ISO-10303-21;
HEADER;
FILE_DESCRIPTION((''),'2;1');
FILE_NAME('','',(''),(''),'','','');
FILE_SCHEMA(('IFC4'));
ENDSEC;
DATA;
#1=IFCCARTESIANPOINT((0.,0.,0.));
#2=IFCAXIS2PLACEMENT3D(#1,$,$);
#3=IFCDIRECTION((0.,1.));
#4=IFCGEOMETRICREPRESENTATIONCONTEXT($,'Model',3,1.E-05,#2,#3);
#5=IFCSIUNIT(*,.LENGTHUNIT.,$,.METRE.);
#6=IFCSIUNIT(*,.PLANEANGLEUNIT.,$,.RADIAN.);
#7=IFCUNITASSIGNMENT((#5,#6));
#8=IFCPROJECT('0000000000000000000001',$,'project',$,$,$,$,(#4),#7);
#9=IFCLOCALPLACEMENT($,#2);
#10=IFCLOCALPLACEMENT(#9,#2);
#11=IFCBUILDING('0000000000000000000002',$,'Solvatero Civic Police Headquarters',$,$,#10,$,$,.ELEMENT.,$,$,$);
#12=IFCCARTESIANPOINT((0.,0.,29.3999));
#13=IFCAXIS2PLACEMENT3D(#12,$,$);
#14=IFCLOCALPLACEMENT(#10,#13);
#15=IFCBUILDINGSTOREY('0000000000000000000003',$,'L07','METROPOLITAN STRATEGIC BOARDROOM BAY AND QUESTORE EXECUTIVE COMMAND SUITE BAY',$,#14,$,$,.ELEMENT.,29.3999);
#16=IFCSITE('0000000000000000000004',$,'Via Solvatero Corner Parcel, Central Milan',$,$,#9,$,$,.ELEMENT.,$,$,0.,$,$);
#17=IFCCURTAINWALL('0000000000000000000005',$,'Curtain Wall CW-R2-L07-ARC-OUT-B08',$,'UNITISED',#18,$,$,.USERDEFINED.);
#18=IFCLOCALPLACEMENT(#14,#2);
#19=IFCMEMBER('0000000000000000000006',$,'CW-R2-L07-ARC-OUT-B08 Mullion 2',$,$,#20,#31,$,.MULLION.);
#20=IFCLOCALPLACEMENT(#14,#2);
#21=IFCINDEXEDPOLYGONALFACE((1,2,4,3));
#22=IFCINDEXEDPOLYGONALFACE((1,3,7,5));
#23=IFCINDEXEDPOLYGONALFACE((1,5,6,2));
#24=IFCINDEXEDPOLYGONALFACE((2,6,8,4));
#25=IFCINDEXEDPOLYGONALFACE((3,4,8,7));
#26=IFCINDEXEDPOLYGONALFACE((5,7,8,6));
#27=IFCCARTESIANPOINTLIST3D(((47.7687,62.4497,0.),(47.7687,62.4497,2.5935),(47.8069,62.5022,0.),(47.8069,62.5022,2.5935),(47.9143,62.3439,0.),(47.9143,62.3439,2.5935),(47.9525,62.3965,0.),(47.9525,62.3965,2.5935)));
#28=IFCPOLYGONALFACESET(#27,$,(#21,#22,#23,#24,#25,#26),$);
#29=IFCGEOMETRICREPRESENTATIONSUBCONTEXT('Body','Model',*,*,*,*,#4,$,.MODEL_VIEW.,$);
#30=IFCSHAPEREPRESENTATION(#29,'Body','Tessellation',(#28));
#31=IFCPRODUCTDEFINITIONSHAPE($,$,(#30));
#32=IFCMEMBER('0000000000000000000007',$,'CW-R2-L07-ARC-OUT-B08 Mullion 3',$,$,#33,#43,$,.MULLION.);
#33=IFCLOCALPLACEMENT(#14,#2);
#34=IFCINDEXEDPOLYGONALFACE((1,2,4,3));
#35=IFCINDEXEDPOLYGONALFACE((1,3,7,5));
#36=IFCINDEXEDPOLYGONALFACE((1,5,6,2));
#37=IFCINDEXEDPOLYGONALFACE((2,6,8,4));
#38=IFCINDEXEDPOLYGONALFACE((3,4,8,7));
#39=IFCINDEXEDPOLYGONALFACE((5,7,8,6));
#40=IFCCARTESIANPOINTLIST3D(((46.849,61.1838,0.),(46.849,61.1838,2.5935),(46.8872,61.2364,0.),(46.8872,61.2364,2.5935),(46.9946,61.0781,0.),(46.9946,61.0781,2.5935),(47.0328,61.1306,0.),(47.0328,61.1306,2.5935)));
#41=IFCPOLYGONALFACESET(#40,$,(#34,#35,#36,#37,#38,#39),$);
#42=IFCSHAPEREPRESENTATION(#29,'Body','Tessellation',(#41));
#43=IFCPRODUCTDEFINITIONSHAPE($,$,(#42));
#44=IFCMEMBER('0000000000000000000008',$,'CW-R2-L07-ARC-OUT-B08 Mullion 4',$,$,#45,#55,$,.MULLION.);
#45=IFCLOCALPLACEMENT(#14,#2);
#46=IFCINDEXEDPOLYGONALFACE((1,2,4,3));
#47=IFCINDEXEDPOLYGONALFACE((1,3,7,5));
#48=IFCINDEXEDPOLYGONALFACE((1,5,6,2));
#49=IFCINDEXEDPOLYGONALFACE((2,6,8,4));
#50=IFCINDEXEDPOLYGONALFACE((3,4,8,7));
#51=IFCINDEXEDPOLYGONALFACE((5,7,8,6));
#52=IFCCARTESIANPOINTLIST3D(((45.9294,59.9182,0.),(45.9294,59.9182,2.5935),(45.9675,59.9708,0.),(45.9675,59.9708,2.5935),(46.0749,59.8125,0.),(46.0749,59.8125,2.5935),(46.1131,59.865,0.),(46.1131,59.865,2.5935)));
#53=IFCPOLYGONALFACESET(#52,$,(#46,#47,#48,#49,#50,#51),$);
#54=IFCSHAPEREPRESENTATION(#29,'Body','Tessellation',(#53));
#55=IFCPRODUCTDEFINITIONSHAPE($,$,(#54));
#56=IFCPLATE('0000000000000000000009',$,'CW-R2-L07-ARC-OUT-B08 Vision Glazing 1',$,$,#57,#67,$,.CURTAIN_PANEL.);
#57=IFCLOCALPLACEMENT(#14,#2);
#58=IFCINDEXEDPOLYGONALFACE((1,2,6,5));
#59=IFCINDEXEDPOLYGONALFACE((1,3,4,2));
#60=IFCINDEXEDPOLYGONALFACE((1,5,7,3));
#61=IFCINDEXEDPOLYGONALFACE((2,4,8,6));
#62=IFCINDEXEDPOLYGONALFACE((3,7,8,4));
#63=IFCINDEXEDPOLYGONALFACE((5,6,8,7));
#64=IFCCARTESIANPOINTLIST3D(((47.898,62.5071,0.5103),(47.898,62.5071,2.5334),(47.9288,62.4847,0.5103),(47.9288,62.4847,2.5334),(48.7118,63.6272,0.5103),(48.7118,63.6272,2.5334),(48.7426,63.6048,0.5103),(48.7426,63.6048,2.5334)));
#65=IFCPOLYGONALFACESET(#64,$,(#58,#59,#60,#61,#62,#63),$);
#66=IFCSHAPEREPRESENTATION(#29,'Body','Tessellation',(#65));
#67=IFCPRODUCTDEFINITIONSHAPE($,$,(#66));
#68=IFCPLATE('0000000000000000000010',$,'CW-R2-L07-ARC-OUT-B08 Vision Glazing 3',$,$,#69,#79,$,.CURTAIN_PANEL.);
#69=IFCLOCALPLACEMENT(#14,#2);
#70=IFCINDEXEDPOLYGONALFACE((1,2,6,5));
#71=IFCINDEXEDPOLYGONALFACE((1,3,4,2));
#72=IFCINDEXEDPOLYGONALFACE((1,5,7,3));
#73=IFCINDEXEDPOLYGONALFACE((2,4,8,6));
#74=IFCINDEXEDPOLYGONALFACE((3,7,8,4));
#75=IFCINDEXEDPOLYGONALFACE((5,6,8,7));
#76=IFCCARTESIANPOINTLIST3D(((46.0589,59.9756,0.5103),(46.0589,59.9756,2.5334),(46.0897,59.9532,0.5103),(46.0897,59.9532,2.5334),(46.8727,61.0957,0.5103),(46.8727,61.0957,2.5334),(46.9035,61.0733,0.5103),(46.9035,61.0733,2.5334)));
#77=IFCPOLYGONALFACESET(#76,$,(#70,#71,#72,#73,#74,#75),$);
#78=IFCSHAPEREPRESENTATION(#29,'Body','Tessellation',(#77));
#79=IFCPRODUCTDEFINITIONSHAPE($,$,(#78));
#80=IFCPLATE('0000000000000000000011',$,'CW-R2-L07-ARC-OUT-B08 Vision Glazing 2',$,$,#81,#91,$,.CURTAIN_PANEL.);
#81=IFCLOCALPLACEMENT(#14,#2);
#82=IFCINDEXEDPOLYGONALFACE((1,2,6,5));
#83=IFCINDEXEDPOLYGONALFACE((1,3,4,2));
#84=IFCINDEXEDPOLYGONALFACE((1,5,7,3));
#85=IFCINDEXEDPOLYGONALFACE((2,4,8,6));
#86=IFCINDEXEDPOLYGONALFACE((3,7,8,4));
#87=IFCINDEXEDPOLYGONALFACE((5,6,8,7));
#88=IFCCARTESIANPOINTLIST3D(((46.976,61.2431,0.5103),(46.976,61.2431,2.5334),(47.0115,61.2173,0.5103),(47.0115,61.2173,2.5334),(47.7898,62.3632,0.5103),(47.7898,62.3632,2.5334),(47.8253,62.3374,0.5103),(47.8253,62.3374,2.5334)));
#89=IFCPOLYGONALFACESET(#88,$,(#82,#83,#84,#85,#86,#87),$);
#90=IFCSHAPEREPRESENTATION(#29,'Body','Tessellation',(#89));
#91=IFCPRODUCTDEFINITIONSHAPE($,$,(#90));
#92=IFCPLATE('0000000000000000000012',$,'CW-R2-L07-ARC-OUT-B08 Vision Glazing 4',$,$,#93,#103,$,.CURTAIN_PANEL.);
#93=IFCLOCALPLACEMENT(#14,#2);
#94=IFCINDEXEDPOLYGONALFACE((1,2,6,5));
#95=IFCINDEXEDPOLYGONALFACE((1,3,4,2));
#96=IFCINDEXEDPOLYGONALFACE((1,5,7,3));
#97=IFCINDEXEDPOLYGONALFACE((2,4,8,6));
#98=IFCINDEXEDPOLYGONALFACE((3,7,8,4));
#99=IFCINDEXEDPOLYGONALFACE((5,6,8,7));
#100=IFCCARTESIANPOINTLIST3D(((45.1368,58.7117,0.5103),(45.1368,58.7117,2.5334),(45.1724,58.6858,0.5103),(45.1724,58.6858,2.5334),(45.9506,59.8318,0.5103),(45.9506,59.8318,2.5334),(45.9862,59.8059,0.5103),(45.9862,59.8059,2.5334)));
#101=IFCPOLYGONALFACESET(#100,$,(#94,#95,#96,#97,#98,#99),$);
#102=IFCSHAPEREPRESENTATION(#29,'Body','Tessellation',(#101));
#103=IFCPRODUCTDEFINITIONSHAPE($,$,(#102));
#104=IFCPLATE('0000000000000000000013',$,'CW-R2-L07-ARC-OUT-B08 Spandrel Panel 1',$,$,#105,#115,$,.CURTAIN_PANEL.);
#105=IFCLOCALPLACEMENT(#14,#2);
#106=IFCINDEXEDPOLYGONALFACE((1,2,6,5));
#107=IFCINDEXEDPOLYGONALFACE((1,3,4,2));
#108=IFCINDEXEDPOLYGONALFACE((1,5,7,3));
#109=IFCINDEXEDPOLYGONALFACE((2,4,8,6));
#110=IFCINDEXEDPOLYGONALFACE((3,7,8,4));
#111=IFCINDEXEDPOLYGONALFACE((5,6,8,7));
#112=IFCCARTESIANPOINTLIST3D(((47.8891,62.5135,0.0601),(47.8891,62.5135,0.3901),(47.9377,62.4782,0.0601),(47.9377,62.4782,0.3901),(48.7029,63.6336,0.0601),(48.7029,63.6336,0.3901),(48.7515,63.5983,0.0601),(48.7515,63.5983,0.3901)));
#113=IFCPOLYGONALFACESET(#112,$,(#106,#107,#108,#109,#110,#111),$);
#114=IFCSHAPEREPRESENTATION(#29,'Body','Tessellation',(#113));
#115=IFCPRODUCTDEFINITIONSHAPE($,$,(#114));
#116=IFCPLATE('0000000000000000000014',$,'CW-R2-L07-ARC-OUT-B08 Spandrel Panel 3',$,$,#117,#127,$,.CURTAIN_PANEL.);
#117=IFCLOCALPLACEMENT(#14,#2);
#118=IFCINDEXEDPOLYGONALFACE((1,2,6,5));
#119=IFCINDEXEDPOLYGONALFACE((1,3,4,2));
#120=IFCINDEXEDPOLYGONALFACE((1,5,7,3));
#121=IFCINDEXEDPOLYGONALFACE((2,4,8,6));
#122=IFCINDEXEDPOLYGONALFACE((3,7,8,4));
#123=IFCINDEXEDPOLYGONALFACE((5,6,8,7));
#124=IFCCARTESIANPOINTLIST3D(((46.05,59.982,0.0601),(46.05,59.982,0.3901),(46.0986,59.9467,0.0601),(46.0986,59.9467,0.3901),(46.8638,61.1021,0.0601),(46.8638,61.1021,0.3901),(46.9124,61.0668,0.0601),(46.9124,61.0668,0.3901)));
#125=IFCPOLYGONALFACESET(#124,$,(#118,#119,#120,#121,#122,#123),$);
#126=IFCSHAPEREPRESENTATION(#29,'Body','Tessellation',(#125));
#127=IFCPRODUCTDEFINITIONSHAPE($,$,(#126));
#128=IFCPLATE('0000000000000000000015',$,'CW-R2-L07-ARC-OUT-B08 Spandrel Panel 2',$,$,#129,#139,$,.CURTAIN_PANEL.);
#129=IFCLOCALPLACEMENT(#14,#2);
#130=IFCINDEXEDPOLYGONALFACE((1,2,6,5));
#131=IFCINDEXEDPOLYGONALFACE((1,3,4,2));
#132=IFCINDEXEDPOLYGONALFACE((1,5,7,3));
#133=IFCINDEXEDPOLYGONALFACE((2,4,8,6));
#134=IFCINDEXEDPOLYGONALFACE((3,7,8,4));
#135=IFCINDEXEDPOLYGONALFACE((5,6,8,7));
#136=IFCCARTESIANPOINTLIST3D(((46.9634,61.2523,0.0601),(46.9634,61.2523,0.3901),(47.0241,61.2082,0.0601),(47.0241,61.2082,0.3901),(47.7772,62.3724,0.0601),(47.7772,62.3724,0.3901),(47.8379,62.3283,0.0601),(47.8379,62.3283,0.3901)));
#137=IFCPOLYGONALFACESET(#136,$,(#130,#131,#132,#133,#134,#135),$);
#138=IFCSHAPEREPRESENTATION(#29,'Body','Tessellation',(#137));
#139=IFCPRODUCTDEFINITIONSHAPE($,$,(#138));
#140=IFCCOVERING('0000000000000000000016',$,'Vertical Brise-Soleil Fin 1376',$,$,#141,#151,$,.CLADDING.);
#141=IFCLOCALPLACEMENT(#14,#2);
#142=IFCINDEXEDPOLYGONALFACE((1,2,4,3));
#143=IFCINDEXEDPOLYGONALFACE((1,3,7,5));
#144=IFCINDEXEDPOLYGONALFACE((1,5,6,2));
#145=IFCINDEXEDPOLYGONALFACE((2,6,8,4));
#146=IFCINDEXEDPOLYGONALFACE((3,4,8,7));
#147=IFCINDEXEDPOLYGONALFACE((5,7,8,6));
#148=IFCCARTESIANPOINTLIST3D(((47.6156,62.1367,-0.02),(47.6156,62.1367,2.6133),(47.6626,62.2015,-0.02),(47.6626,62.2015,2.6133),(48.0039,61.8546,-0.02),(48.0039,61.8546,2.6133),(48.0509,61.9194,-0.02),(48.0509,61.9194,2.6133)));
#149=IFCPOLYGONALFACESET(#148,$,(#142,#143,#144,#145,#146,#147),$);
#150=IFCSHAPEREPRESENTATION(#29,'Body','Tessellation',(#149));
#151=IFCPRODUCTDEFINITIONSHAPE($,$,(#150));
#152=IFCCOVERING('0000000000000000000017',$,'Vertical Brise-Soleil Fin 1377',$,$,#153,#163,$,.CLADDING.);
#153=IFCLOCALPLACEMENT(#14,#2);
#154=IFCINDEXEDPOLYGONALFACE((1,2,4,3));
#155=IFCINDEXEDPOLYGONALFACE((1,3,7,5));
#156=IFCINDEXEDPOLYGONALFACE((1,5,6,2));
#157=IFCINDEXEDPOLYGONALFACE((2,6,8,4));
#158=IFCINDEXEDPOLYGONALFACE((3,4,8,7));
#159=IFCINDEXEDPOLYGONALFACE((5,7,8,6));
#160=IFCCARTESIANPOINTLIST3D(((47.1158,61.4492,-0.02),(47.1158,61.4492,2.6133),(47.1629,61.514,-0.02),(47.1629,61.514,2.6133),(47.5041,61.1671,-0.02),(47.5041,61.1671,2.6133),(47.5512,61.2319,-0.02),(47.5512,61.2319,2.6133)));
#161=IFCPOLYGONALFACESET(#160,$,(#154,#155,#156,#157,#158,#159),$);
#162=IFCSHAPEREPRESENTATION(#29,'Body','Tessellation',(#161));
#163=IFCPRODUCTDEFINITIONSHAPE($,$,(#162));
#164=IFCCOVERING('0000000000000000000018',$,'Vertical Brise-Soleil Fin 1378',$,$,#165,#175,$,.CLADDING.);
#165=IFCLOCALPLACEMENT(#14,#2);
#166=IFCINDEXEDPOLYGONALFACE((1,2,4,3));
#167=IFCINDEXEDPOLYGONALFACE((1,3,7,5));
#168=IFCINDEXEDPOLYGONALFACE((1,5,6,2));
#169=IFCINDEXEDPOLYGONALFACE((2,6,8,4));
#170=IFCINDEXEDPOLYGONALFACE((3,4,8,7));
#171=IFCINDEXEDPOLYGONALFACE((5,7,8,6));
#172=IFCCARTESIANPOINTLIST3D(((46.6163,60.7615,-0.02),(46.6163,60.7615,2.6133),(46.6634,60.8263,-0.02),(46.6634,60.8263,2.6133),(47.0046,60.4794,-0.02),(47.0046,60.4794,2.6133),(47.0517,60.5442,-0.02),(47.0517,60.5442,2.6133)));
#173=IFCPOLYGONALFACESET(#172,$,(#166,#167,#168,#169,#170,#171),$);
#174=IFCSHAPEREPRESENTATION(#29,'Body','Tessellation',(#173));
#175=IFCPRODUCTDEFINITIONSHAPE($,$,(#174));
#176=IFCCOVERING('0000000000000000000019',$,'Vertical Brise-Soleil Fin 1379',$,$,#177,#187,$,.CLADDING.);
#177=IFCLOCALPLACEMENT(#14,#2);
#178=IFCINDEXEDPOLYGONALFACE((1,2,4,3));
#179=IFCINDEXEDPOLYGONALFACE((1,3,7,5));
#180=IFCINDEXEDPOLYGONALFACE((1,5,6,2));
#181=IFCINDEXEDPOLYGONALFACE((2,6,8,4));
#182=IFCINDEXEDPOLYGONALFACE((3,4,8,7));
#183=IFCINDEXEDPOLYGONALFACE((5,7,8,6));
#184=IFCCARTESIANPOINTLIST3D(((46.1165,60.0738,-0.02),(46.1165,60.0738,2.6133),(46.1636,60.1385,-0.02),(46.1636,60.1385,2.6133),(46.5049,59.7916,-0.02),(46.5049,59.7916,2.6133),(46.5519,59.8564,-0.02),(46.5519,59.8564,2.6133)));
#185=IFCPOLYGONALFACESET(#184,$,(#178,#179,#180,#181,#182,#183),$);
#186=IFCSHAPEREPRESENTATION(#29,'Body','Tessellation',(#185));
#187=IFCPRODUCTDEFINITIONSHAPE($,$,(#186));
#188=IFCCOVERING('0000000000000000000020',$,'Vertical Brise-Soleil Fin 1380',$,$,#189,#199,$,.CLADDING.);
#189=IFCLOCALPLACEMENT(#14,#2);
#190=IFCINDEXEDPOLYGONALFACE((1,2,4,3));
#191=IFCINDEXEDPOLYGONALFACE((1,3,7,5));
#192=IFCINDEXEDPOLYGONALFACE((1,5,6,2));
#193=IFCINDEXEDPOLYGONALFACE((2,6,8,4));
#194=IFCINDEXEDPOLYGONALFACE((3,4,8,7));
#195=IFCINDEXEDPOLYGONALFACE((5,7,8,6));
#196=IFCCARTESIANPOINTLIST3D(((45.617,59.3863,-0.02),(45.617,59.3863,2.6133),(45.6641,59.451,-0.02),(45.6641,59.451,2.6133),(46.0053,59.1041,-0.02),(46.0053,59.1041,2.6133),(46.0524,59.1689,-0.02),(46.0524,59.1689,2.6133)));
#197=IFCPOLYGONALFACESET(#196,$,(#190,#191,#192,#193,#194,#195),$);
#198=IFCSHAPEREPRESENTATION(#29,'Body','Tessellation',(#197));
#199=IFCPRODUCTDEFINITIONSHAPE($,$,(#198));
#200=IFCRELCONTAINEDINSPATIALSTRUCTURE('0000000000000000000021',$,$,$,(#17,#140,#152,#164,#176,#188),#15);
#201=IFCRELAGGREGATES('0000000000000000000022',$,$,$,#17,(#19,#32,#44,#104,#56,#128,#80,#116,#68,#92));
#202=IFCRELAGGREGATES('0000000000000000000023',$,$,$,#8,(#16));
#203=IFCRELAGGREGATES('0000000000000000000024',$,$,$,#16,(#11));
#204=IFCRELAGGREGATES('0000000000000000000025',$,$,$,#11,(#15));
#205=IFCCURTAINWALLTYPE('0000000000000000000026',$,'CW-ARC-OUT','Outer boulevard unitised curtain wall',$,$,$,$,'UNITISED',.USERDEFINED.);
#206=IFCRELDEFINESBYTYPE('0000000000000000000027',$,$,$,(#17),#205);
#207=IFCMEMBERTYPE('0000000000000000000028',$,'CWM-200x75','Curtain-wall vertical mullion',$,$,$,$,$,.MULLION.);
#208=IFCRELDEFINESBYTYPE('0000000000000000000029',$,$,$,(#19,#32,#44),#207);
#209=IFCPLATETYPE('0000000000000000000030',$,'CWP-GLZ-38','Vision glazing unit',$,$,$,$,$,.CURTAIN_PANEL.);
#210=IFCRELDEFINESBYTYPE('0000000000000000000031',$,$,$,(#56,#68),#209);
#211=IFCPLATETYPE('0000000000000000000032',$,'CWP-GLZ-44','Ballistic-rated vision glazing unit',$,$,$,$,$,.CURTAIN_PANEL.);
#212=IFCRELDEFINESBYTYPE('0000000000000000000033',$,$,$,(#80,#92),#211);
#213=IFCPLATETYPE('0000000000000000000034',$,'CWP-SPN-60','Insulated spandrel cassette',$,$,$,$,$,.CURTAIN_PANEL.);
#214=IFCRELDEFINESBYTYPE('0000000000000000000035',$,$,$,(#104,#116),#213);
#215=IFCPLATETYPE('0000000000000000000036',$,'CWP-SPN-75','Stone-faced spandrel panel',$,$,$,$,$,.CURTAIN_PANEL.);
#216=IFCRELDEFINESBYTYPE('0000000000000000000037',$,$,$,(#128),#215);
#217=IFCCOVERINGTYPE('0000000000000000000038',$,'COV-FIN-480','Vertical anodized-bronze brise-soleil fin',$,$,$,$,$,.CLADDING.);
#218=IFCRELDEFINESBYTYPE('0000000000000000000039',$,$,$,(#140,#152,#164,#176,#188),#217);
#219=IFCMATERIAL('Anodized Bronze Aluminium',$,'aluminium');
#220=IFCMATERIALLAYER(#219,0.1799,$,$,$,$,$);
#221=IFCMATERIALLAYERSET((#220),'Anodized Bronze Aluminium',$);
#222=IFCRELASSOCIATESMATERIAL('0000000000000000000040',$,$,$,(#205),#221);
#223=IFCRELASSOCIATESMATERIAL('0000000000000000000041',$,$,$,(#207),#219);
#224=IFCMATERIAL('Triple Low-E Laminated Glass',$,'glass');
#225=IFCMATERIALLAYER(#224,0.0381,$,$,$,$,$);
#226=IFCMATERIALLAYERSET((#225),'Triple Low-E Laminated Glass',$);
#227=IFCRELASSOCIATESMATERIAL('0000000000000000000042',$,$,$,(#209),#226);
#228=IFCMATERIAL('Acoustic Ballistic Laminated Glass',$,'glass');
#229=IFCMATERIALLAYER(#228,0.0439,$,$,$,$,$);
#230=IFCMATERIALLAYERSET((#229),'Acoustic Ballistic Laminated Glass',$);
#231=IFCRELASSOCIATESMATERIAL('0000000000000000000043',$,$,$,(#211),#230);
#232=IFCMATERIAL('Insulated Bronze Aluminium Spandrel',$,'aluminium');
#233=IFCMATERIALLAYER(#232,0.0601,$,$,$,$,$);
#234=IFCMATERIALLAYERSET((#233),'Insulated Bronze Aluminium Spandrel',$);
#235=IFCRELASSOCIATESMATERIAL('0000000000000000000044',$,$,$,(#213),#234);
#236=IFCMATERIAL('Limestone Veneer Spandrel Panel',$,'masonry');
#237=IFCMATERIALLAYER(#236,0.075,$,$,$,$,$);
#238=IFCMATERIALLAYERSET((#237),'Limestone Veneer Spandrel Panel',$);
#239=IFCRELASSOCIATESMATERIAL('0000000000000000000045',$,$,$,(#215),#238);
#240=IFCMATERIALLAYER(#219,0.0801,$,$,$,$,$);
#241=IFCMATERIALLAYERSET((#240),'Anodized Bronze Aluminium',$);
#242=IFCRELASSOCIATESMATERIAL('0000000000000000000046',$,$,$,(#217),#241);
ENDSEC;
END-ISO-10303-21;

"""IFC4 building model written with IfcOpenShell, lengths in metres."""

from ifc_helpers import new_model, si_unit, direction, frame, origin, origin_2d, place, context, subcontext, project, spatial, rectangle, extrude, material, layer, layer_set, material_profile, profile_set, type_object, element, aggregate, save


model = new_model("IFC4")

# Units and contexts
model_context = context("Model", 3, precision=1e-05, world=origin(), true_north=direction((0.0, 1.0)))
body_context = subcontext(model_context, "Body", "Model", "MODEL_VIEW")
ifc_project = project(units=[si_unit("LENGTHUNIT", "METRE"), si_unit("PLANEANGLEUNIT", "RADIAN")], contexts=[model_context])

# Site, building, storey
site_placement = place(None, origin())
site = spatial("IfcSite", under=ifc_project, at=site_placement, Name="Via Solvatero Corner Parcel, Central Milan", CompositionType="ELEMENT", RefElevation=0.0)
building_placement = place(site_placement, origin())
building = spatial("IfcBuilding", under=site, at=building_placement, Name="Solvatero Civic Police Headquarters", CompositionType="ELEMENT")
storey_placement = place(building_placement, frame((0.0, 0.0, 29.3999)))
storey = spatial("IfcBuildingStorey", under=building, at=storey_placement, Name="L07", Description="METROPOLITAN STRATEGIC BOARDROOM BAY AND QUESTORE EXECUTIVE COMMAND SUITE BAY", CompositionType="ELEMENT", Elevation=29.3999)

# Curtain wall, members, plates
ifc_material_1 = material(Name="Anodized Bronze Aluminium", Category="aluminium")
ifc_layer_1 = layer(ifc_material_1, 0.1799)
ifc_layer_set_1 = layer_set([ifc_layer_1], Name="Anodized Bronze Aluminium")
curtain_wall_type = type_object("IfcCurtainWallType", Name="CW-ARC-OUT", Description="Outer boulevard unitised curtain wall", ElementType="UNITISED", PredefinedType="USERDEFINED", material=ifc_layer_set_1)
curtain_wall_placement = place(storey_placement, origin())
curtain_wall = element("IfcCurtainWall", 1, at=curtain_wall_placement, inside=storey, type_object=curtain_wall_type, Name="Curtain Wall CW-R2-L07-ARC-OUT-B08", ObjectType="UNITISED", PredefinedType="USERDEFINED")
ifc_material_profile = material_profile(ifc_material_1, rectangle(XDim=0.0649, YDim=0.1799, at=origin_2d()), Name="ALU MULLION 65x180")
ifc_profile_set = profile_set([ifc_material_profile], Name="Anodized Bronze Aluminium")
member_type = type_object("IfcMemberType", Name="CWM-200x75", Description="Curtain-wall vertical mullion", PredefinedType="MULLION", material=ifc_profile_set)
member_1_placement = place(storey_placement, frame((47.8606, 62.4231, 0.0), z_axis=(0.0, 0.0, 1.0), x_axis=(-0.587785, -0.809017, 0.0)))
member_1 = element("IfcMember", 2, at=member_1_placement, type_object=member_type, Name="CW-R2-L07-ARC-OUT-B08 Mullion 2", PredefinedType="MULLION", context=body_context, shape_type="SweptSolid", body=[
    extrude(rectangle(XDim=0.0649, YDim=0.1799, at=origin_2d()), origin(), (0.0, 0.0, 1.0), 2.5935),
])
member_2_placement = place(storey_placement, frame((46.9409, 61.1572, 0.0), z_axis=(0.0, 0.0, 1.0), x_axis=(-0.587785, -0.809017, 0.0)))
member_2 = element("IfcMember", 3, at=member_2_placement, type_object=member_type, Name="CW-R2-L07-ARC-OUT-B08 Mullion 3", PredefinedType="MULLION", context=body_context, shape_type="SweptSolid", body=[
    extrude(rectangle(XDim=0.0649, YDim=0.1799, at=origin_2d()), origin(), (0.0, 0.0, 1.0), 2.5935),
])
member_3_placement = place(storey_placement, frame((46.0212, 59.8916, 0.0), z_axis=(0.0, 0.0, 1.0), x_axis=(-0.587785, -0.809017, 0.0)))
member_3 = element("IfcMember", 4, at=member_3_placement, type_object=member_type, Name="CW-R2-L07-ARC-OUT-B08 Mullion 4", PredefinedType="MULLION", context=body_context, shape_type="SweptSolid", body=[
    extrude(rectangle(XDim=0.0649, YDim=0.1799, at=origin_2d()), origin(), (0.0, 0.0, 1.0), 2.5935),
])
ifc_material_2 = material(Name="Triple Low-E Laminated Glass", Category="glass")
ifc_layer_2 = layer(ifc_material_2, 0.0381)
ifc_layer_set_2 = layer_set([ifc_layer_2], Name="Triple Low-E Laminated Glass")
plate_type_1 = type_object("IfcPlateType", Name="CWP-GLZ-38", Description="Vision glazing unit", PredefinedType="CURTAIN_PANEL", material=ifc_layer_set_2)
plate_1_placement = place(storey_placement, frame((48.3203, 63.0559, 0.5103), z_axis=(0.0, 0.0, 1.0), x_axis=(-0.587785, -0.809017, 0.0)))
plate_1 = element("IfcPlate", 5, at=plate_1_placement, type_object=plate_type_1, Name="CW-R2-L07-ARC-OUT-B08 Vision Glazing 1", PredefinedType="CURTAIN_PANEL", context=body_context, shape_type="SweptSolid", body=[
    extrude(rectangle(XDim=1.3845, YDim=0.0381, at=origin_2d()), origin(), (0.0, 0.0, 1.0), 2.0232),
])
plate_2_placement = place(storey_placement, frame((46.4812, 60.5244, 0.5103), z_axis=(0.0, 0.0, 1.0), x_axis=(-0.587785, -0.809017, 0.0)))
plate_2 = element("IfcPlate", 6, at=plate_2_placement, type_object=plate_type_1, Name="CW-R2-L07-ARC-OUT-B08 Vision Glazing 3", PredefinedType="CURTAIN_PANEL", context=body_context, shape_type="SweptSolid", body=[
    extrude(rectangle(XDim=1.3845, YDim=0.0381, at=origin_2d()), origin(), (0.0, 0.0, 1.0), 2.0232),
])
ifc_material_3 = material(Name="Acoustic Ballistic Laminated Glass", Category="glass")
ifc_layer_3 = layer(ifc_material_3, 0.0439)
ifc_layer_set_3 = layer_set([ifc_layer_3], Name="Acoustic Ballistic Laminated Glass")
plate_type_2 = type_object("IfcPlateType", Name="CWP-GLZ-44", Description="Ballistic-rated vision glazing unit", PredefinedType="CURTAIN_PANEL", material=ifc_layer_set_3)
plate_3_placement = place(storey_placement, frame((47.4006, 61.7903, 0.5103), z_axis=(0.0, 0.0, 1.0), x_axis=(-0.587785, -0.809017, 0.0)))
plate_3 = element("IfcPlate", 7, at=plate_3_placement, type_object=plate_type_2, Name="CW-R2-L07-ARC-OUT-B08 Vision Glazing 2", PredefinedType="CURTAIN_PANEL", context=body_context, shape_type="SweptSolid", body=[
    extrude(rectangle(XDim=1.3845, YDim=0.0439, at=origin_2d()), origin(), (0.0, 0.0, 1.0), 2.0232),
])
plate_4_placement = place(storey_placement, frame((45.5615, 59.2588, 0.5103), z_axis=(0.0, 0.0, 1.0), x_axis=(-0.587785, -0.809017, 0.0)))
plate_4 = element("IfcPlate", 8, at=plate_4_placement, type_object=plate_type_2, Name="CW-R2-L07-ARC-OUT-B08 Vision Glazing 4", PredefinedType="CURTAIN_PANEL", context=body_context, shape_type="SweptSolid", body=[
    extrude(rectangle(XDim=1.3845, YDim=0.0439, at=origin_2d()), origin(), (0.0, 0.0, 1.0), 2.0232),
])
ifc_material_4 = material(Name="Insulated Bronze Aluminium Spandrel", Category="aluminium")
ifc_layer_4 = layer(ifc_material_4, 0.0601)
ifc_layer_set_4 = layer_set([ifc_layer_4], Name="Insulated Bronze Aluminium Spandrel")
plate_type_3 = type_object("IfcPlateType", Name="CWP-SPN-60", Description="Insulated spandrel cassette", PredefinedType="CURTAIN_PANEL", material=ifc_layer_set_4)
plate_5_placement = place(storey_placement, frame((48.3203, 63.0559, 0.0601), z_axis=(0.0, 0.0, 1.0), x_axis=(-0.587785, -0.809017, 0.0)))
plate_5 = element("IfcPlate", 9, at=plate_5_placement, type_object=plate_type_3, Name="CW-R2-L07-ARC-OUT-B08 Spandrel Panel 1", PredefinedType="CURTAIN_PANEL", context=body_context, shape_type="SweptSolid", body=[
    extrude(rectangle(XDim=1.3845, YDim=0.0601, at=origin_2d()), origin(), (0.0, 0.0, 1.0), 0.3301),
])
plate_6_placement = place(storey_placement, frame((46.4812, 60.5244, 0.0601), z_axis=(0.0, 0.0, 1.0), x_axis=(-0.587785, -0.809017, 0.0)))
plate_6 = element("IfcPlate", 10, at=plate_6_placement, type_object=plate_type_3, Name="CW-R2-L07-ARC-OUT-B08 Spandrel Panel 3", PredefinedType="CURTAIN_PANEL", context=body_context, shape_type="SweptSolid", body=[
    extrude(rectangle(XDim=1.3845, YDim=0.0601, at=origin_2d()), origin(), (0.0, 0.0, 1.0), 0.3301),
])
ifc_material_5 = material(Name="Limestone Veneer Spandrel Panel", Category="masonry")
ifc_layer_5 = layer(ifc_material_5, 0.075)
ifc_layer_set_5 = layer_set([ifc_layer_5], Name="Limestone Veneer Spandrel Panel")
plate_type_4 = type_object("IfcPlateType", Name="CWP-SPN-75", Description="Stone-faced spandrel panel", PredefinedType="CURTAIN_PANEL", material=ifc_layer_set_5)
plate_7_placement = place(storey_placement, frame((47.4006, 61.7903, 0.0601), z_axis=(0.0, 0.0, 1.0), x_axis=(-0.587785, -0.809017, 0.0)))
plate_7 = element("IfcPlate", 11, at=plate_7_placement, type_object=plate_type_4, Name="CW-R2-L07-ARC-OUT-B08 Spandrel Panel 2", PredefinedType="CURTAIN_PANEL", context=body_context, shape_type="SweptSolid", body=[
    extrude(rectangle(XDim=1.3845, YDim=0.075, at=origin_2d()), origin(), (0.0, 0.0, 1.0), 0.3301),
])
aggregate(curtain_wall, [member_1, member_2, member_3, plate_5, plate_1, plate_7, plate_3, plate_6, plate_2, plate_4])

# Coverings
ifc_layer_6 = layer(ifc_material_1, 0.0801)
ifc_layer_set_6 = layer_set([ifc_layer_6], Name="Anodized Bronze Aluminium")
covering_type = type_object("IfcCoveringType", Name="COV-FIN-480", Description="Vertical anodized-bronze brise-soleil fin", PredefinedType="CLADDING", material=ifc_layer_set_6)
for number, where, z_axis, x_axis, name in (
    (12, (47.8333, 62.0281, -0.02), (0.0, 0.0, 1.0), (-0.587785, -0.809017, 0.0), "Vertical Brise-Soleil Fin 1376"),
    (13, (47.3335, 61.3406, -0.02), (0.0, 0.0, 1.0), (-0.587785, -0.809017, 0.0), "Vertical Brise-Soleil Fin 1377"),
    (14, (46.834, 60.6528, -0.02), (0.0, 0.0, 1.0), (-0.587785, -0.809017, 0.0), "Vertical Brise-Soleil Fin 1378"),
    (15, (46.3342, 59.9651, -0.02), (0.0, 0.0, 1.0), (-0.587785, -0.809017, 0.0), "Vertical Brise-Soleil Fin 1379"),
    (16, (45.8347, 59.2776, -0.02), (0.0, 0.0, 1.0), (-0.587785, -0.809017, 0.0), "Vertical Brise-Soleil Fin 1380"),
):
    element("IfcCovering", number, at=place(storey_placement, frame(where, z_axis=z_axis, x_axis=x_axis)), inside=storey, type_object=covering_type, Name=name, PredefinedType="CLADDING", context=body_context, shape_type="SweptSolid", body=[
        extrude(rectangle(XDim=0.0801, YDim=0.48, at=origin_2d()), origin(), (0.0, 0.0, 1.0), 2.6333),
    ])

save(model, "model.ifc")
